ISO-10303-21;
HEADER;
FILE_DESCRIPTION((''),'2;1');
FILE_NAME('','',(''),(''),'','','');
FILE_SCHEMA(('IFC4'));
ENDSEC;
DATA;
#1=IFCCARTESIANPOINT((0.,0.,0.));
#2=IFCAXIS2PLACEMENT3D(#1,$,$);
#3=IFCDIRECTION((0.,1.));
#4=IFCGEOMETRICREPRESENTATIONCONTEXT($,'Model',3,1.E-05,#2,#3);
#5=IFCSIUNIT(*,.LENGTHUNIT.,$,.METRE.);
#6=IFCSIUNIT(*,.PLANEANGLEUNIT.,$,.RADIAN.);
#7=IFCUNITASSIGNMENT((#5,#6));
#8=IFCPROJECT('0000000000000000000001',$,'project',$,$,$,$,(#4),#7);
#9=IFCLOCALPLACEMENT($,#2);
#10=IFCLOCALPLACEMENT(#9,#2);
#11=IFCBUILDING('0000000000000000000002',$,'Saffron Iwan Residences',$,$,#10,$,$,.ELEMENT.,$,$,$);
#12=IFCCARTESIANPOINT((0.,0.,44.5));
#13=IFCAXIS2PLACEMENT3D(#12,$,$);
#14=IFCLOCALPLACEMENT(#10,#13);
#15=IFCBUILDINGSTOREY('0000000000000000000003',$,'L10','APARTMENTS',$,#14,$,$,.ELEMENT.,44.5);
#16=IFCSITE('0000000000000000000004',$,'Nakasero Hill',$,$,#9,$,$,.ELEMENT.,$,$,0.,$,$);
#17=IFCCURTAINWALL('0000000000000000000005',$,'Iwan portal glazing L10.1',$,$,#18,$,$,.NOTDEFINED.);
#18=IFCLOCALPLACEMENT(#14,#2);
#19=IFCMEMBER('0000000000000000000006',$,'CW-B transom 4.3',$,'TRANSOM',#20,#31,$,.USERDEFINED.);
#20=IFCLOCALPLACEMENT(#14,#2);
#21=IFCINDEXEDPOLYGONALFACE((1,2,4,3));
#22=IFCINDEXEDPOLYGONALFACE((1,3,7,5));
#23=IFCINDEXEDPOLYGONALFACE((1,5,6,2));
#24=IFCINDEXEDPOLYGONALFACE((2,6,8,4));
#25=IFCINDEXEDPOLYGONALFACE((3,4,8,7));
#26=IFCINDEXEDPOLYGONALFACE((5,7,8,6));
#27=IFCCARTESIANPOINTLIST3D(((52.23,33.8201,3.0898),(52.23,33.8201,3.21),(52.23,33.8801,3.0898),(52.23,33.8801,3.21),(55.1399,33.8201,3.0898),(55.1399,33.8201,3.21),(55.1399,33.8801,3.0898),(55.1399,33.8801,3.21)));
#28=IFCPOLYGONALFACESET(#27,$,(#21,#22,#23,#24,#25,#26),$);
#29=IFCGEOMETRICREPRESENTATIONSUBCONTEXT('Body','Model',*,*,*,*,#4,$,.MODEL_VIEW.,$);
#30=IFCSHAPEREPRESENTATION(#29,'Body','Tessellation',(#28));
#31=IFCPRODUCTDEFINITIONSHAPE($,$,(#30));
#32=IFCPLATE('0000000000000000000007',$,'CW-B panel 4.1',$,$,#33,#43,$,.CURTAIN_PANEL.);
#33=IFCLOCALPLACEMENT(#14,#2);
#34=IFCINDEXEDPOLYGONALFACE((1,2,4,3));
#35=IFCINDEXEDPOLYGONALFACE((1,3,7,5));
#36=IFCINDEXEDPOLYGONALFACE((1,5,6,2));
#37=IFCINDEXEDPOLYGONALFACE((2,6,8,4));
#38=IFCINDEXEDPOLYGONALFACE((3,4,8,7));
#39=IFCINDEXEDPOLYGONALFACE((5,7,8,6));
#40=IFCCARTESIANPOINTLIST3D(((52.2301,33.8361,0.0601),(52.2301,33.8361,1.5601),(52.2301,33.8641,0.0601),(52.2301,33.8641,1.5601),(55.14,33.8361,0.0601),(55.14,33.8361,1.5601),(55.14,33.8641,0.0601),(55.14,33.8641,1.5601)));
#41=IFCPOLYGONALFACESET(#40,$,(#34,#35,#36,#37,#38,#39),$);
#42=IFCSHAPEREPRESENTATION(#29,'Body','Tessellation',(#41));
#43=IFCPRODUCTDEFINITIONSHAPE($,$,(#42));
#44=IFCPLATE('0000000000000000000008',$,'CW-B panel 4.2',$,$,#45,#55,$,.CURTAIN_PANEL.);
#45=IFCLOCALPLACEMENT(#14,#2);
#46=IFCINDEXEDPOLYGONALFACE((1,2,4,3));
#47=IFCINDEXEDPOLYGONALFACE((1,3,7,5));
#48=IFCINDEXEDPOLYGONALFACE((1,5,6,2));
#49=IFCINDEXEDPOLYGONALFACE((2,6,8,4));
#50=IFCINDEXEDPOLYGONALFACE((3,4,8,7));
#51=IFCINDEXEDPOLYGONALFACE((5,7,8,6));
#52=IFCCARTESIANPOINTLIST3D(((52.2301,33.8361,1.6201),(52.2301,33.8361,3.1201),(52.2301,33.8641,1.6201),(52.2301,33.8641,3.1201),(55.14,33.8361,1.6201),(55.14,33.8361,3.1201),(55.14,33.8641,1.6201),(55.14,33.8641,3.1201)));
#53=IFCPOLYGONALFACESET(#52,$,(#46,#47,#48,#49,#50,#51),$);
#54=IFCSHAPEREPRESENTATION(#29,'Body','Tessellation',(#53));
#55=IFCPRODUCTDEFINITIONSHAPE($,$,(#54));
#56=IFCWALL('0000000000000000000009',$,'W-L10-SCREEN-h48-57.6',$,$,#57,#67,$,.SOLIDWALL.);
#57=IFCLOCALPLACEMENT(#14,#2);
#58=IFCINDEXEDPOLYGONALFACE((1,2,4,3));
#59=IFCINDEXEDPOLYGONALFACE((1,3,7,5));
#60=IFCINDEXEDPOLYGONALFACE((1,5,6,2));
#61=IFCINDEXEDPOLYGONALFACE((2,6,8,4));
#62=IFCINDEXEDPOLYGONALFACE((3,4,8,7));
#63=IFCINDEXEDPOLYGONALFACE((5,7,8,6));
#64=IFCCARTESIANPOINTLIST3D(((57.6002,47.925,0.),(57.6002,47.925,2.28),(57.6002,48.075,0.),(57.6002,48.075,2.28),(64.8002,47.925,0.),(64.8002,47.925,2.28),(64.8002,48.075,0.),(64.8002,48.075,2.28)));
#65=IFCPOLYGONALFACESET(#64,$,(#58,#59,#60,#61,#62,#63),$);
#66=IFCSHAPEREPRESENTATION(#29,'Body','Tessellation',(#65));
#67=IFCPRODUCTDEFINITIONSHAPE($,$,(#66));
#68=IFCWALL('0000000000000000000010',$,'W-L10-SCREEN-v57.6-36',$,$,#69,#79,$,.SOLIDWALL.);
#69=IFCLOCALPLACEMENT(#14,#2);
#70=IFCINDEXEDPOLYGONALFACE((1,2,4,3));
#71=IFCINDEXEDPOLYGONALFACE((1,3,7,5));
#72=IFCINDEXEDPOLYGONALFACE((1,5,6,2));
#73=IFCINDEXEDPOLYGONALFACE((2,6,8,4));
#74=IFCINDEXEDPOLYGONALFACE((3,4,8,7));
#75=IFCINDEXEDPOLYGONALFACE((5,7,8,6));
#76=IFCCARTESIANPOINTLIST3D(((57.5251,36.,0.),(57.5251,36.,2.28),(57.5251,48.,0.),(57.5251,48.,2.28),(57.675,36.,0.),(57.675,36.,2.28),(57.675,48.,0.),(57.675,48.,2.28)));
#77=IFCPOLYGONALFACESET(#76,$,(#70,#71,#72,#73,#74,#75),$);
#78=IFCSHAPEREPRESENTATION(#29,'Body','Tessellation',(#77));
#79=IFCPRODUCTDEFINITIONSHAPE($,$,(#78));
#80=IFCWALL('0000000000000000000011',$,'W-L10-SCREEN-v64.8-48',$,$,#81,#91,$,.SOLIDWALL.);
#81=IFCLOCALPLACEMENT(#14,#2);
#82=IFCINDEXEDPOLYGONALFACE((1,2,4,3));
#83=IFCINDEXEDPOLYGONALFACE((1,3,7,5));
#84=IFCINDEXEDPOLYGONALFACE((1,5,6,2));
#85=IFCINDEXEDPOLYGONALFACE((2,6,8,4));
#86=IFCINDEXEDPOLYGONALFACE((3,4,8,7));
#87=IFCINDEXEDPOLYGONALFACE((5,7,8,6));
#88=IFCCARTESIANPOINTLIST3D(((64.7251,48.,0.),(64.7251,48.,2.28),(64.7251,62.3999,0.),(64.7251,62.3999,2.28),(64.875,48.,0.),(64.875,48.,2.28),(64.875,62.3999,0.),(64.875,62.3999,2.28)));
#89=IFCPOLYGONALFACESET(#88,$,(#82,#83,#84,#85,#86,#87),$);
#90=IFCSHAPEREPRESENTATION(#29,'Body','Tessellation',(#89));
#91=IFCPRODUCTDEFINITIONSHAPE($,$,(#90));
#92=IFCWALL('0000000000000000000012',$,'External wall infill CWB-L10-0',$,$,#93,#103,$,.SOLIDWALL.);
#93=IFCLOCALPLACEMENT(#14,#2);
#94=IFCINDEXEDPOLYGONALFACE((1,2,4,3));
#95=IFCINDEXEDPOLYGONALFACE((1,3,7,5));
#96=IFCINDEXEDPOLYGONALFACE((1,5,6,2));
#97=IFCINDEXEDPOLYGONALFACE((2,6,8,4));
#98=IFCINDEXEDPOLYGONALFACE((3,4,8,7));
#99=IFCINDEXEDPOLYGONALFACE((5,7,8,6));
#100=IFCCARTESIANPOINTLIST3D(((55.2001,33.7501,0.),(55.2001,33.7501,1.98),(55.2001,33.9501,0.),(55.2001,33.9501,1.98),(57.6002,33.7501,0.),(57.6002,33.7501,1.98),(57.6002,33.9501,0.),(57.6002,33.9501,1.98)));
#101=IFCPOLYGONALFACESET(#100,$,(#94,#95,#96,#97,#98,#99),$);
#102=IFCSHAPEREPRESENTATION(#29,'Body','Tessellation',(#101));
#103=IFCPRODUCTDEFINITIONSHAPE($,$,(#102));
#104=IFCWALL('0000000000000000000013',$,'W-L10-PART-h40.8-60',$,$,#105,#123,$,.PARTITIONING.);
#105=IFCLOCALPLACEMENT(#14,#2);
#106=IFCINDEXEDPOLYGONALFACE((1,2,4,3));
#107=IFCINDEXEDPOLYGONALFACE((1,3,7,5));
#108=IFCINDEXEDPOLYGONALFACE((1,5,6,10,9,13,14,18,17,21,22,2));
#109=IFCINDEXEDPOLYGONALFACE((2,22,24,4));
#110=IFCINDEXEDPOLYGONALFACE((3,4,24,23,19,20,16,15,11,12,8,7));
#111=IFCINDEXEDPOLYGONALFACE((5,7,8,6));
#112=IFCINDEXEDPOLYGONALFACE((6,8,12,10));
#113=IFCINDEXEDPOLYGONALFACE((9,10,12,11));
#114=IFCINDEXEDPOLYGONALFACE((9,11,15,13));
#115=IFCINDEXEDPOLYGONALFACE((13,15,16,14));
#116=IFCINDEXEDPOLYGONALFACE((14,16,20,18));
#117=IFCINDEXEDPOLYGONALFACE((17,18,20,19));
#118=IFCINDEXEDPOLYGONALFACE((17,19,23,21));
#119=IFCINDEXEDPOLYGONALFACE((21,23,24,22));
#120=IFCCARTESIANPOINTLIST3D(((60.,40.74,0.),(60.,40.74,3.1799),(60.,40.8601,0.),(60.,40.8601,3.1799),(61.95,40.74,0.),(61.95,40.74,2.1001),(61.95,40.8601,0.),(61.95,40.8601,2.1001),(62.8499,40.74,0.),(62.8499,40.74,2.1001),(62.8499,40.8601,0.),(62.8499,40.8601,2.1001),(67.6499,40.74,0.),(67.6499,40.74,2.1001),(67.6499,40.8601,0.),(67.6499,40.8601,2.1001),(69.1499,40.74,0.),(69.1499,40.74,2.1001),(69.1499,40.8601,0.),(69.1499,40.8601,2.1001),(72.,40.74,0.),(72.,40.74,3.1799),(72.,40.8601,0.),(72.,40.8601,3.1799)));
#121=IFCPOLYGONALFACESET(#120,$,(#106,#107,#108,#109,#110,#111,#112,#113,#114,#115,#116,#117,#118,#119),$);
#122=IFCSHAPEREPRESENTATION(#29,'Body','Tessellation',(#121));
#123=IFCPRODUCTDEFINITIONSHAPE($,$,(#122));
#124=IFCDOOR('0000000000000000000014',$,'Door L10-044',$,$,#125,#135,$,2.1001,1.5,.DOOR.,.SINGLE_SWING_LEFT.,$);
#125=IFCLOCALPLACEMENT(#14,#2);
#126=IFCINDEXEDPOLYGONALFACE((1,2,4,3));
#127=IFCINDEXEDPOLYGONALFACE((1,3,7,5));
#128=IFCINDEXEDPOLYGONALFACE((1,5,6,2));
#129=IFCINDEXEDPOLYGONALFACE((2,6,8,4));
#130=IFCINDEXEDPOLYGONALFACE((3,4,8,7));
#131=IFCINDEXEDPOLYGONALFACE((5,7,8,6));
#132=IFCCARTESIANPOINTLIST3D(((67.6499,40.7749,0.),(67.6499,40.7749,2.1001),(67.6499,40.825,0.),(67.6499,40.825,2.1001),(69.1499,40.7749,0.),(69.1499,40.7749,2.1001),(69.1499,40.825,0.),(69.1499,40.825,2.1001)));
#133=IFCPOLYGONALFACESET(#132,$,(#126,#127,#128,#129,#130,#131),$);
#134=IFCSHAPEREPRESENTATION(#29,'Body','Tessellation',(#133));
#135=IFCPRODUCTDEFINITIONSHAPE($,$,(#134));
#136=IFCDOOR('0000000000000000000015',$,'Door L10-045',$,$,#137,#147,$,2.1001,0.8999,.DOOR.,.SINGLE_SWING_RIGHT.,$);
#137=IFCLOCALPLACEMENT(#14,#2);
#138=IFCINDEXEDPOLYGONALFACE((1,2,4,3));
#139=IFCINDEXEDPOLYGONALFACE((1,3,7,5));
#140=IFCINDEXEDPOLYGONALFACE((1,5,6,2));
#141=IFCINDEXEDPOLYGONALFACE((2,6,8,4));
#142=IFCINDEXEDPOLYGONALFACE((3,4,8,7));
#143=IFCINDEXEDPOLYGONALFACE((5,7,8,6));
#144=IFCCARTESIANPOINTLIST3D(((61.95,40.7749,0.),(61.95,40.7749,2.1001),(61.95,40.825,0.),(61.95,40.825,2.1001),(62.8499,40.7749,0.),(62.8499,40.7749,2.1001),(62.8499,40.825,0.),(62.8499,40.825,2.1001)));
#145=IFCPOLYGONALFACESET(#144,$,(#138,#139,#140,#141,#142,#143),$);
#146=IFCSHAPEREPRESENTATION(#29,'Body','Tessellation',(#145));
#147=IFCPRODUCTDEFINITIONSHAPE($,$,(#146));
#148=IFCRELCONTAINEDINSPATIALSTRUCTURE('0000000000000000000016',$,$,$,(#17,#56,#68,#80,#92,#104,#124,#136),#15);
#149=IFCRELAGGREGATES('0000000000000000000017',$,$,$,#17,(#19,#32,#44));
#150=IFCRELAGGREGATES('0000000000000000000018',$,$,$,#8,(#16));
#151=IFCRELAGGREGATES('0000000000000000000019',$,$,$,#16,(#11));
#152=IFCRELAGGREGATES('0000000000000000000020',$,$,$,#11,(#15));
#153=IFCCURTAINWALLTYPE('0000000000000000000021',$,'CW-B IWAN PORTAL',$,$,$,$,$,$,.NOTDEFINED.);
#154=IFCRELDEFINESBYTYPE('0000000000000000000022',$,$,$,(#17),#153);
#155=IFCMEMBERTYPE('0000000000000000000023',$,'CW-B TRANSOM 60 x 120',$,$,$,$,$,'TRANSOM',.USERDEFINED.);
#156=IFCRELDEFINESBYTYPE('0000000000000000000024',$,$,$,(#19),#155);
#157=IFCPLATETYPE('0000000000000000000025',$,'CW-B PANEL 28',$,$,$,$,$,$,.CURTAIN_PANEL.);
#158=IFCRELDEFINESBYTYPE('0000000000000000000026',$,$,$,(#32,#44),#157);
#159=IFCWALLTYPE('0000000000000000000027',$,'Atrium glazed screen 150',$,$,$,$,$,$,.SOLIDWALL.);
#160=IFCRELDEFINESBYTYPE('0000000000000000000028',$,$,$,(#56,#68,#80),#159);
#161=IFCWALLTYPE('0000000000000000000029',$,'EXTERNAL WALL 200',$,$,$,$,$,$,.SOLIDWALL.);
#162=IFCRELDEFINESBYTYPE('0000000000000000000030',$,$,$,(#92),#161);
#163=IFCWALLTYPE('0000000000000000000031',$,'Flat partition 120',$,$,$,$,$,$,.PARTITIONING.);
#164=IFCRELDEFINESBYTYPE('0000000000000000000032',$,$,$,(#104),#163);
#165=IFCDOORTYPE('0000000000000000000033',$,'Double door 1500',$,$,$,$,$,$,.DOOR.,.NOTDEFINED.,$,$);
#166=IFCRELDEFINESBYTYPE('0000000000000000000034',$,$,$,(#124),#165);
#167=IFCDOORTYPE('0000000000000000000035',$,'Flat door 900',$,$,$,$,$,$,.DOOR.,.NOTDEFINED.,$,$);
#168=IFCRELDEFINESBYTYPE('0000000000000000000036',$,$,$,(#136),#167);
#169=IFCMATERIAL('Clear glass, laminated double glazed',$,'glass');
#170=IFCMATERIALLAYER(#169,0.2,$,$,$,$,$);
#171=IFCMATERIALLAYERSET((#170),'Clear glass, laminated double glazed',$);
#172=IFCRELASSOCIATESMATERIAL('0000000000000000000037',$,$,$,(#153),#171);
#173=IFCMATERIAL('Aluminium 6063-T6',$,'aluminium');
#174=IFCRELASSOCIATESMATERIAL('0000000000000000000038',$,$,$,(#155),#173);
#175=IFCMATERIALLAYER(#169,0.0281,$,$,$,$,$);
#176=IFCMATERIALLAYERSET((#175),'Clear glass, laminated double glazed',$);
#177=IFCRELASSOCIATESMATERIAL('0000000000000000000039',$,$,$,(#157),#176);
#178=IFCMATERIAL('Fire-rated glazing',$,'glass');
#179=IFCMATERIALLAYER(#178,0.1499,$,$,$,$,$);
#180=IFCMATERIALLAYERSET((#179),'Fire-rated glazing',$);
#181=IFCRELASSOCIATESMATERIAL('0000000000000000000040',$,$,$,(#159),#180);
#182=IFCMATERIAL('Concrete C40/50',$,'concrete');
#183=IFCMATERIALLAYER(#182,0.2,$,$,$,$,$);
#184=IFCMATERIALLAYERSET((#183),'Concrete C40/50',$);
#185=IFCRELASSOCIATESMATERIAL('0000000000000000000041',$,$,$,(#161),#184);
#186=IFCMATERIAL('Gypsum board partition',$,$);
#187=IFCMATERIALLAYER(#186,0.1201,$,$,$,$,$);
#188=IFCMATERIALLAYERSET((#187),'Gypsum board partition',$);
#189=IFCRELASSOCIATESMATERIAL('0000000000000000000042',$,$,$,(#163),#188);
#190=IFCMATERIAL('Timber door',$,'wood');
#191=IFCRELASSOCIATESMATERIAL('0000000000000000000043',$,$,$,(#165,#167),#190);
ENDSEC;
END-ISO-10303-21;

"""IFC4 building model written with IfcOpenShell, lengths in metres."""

from ifc_helpers import new_model, si_unit, direction, frame, frame_2d, origin, origin_2d, place, context, subcontext, project, spatial, rectangle, extrude, source, transform, mapped, material, layer, layer_set, material_profile, profile_set, type_object, element, fill, aggregate, save


model = new_model("IFC4")

# Units and contexts
model_context = context("Model", 3, precision=1e-05, world=origin(), true_north=direction((0.0, 1.0)))
body_context = subcontext(model_context, "Body", "Model", "MODEL_VIEW")
ifc_project = project(units=[si_unit("LENGTHUNIT", "METRE"), si_unit("PLANEANGLEUNIT", "RADIAN")], contexts=[model_context])

# Site, building, storey
site_placement = place(None, origin())
site = spatial("IfcSite", under=ifc_project, at=site_placement, Name="Nakasero Hill", CompositionType="ELEMENT", RefElevation=0.0)
building_placement = place(site_placement, origin())
building = spatial("IfcBuilding", under=site, at=building_placement, Name="Saffron Iwan Residences", CompositionType="ELEMENT")
storey_placement = place(building_placement, frame((0.0, 0.0, 44.5)))
storey = spatial("IfcBuildingStorey", under=building, at=storey_placement, Name="L10", Description="APARTMENTS", CompositionType="ELEMENT", Elevation=44.5)

# Curtain wall, member, plates
ifc_material_1 = material(Name="Clear glass, laminated double glazed", Category="glass")
ifc_layer_1 = layer(ifc_material_1, 0.2)
ifc_layer_set_1 = layer_set([ifc_layer_1], Name="Clear glass, laminated double glazed")
curtain_wall_type = type_object("IfcCurtainWallType", Name="CW-B IWAN PORTAL", PredefinedType="NOTDEFINED", material=ifc_layer_set_1)
curtain_wall_placement = place(storey_placement, origin())
curtain_wall = element("IfcCurtainWall", 1, at=curtain_wall_placement, inside=storey, type_object=curtain_wall_type, Name="Iwan portal glazing L10.1", PredefinedType="NOTDEFINED")
ifc_material_2 = material(Name="Aluminium 6063-T6", Category="aluminium")
ifc_material_profile_1 = material_profile(ifc_material_2, rectangle(XDim=0.0601, YDim=0.1201, at=origin_2d()), Name="CW-B TRANSOM 60 x 120")
ifc_profile_set_1 = profile_set([ifc_material_profile_1], Name="Aluminium 6063-T6")
member_type_1 = type_object("IfcMemberType", Name="CW-B TRANSOM 60 x 120", ElementType="TRANSOM", PredefinedType="USERDEFINED", material=ifc_profile_set_1)
shared_shape_1 = source(origin(), body_context, "Body", "SweptSolid", [
    extrude(rectangle(XDim=0.0601, YDim=0.1201, at=origin_2d()), origin(), (0.0, 0.0, 1.0), 2.9099),
])
member_1_placement = place(storey_placement, frame((52.23, 33.8501, 3.1499), z_axis=(1.0, 0.0, 0.0), x_axis=(0.0, 1.0, 0.0)))
member_1 = element("IfcMember", 2, at=member_1_placement, type_object=member_type_1, Name="CW-B transom 4.3", ObjectType="TRANSOM", PredefinedType="USERDEFINED", context=body_context, shape_type="MappedRepresentation", body=[
    mapped(shared_shape_1, transform((0.0, 0.0, 0.0))),
])
ifc_layer_2 = layer(ifc_material_1, 0.0281)
ifc_layer_set_2 = layer_set([ifc_layer_2], Name="Clear glass, laminated double glazed")
plate_type = type_object("IfcPlateType", Name="CW-B PANEL 28", PredefinedType="CURTAIN_PANEL", material=ifc_layer_set_2)
shared_shape_2 = source(origin(), body_context, "Body", "SweptSolid", [
    extrude(rectangle(XDim=2.9099, YDim=0.0281, at=origin_2d()), origin(), (0.0, 0.0, 1.0), 1.5),
])
plate_1_placement = place(storey_placement, frame((53.6851, 33.8501, 0.0601), z_axis=(0.0, 0.0, 1.0), x_axis=(1.0, 0.0, 0.0)))
plate_1 = element("IfcPlate", 3, at=plate_1_placement, type_object=plate_type, Name="CW-B panel 4.1", PredefinedType="CURTAIN_PANEL", context=body_context, shape_type="MappedRepresentation", body=[
    mapped(shared_shape_2, transform((0.0, 0.0, 0.0))),
])
plate_2_placement = place(storey_placement, frame((53.6851, 33.8501, 1.6201), z_axis=(0.0, 0.0, 1.0), x_axis=(1.0, 0.0, 0.0)))
plate_2 = element("IfcPlate", 4, at=plate_2_placement, type_object=plate_type, Name="CW-B panel 4.2", PredefinedType="CURTAIN_PANEL", context=body_context, shape_type="MappedRepresentation", body=[
    mapped(shared_shape_2, transform((0.0, 0.0, 0.0))),
])
aggregate(curtain_wall, [member_1, plate_1, plate_2])

# Walls
ifc_material_3 = material(Name="Fire-rated glazing", Category="glass")
ifc_layer_3 = layer(ifc_material_3, 0.1499)
ifc_layer_set_3 = layer_set([ifc_layer_3], Name="Fire-rated glazing")
wall_type_1 = type_object("IfcWallType", Name="Atrium glazed screen 150", PredefinedType="SOLIDWALL", material=ifc_layer_set_3)
wall_1_placement = place(storey_placement, frame((57.6001, 48.0, 0.0), z_axis=(0.0, 0.0, 1.0), x_axis=(1.0, 0.0, 0.0)))
element("IfcWall", 5, at=wall_1_placement, inside=storey, type_object=wall_type_1, Name="W-L10-SCREEN-h48-57.6", PredefinedType="SOLIDWALL", context=body_context, shape_type="SweptSolid", body=[
    extrude(rectangle(XDim=7.2, YDim=0.1499, at=frame_2d((3.6001, 0.0))), origin(), (0.0, 0.0, 1.0), 2.28),
])
wall_2_placement = place(storey_placement, frame((57.6001, 36.0, 0.0), z_axis=(0.0, 0.0, 1.0), x_axis=(0.0, 1.0, 0.0)))
element("IfcWall", 6, at=wall_2_placement, inside=storey, type_object=wall_type_1, Name="W-L10-SCREEN-v57.6-36", PredefinedType="SOLIDWALL", context=body_context, shape_type="SweptSolid", body=[
    extrude(rectangle(XDim=12.0, YDim=0.1499, at=frame_2d((6.0, 0.0))), origin(), (0.0, 0.0, 1.0), 2.28),
])
wall_3_placement = place(storey_placement, frame((64.8, 48.0, 0.0), z_axis=(0.0, 0.0, 1.0), x_axis=(0.0, 1.0, 0.0)))
element("IfcWall", 7, at=wall_3_placement, inside=storey, type_object=wall_type_1, Name="W-L10-SCREEN-v64.8-48", PredefinedType="SOLIDWALL", context=body_context, shape_type="SweptSolid", body=[
    extrude(rectangle(XDim=14.3999, YDim=0.1499, at=frame_2d((7.2, 0.0))), origin(), (0.0, 0.0, 1.0), 2.28),
])
ifc_material_4 = material(Name="Concrete C40/50", Category="concrete")
ifc_layer_4 = layer(ifc_material_4, 0.2)
ifc_layer_set_4 = layer_set([ifc_layer_4], Name="Concrete C40/50")
wall_type_2 = type_object("IfcWallType", Name="EXTERNAL WALL 200", PredefinedType="SOLIDWALL", material=ifc_layer_set_4)
wall_4_placement = place(storey_placement, frame((55.2, 33.8501, 0.0), z_axis=(0.0, 0.0, 1.0), x_axis=(1.0, 0.0, 0.0)))
element("IfcWall", 8, at=wall_4_placement, inside=storey, type_object=wall_type_2, Name="External wall infill CWB-L10-0", PredefinedType="SOLIDWALL", context=body_context, shape_type="SweptSolid", body=[
    extrude(rectangle(XDim=2.4001, YDim=0.2, at=frame_2d((1.2002, 0.0))), origin(), (0.0, 0.0, 1.0), 1.98),
])

# Wall, openings, doors
ifc_material_5 = material(Name="Gypsum board partition")
ifc_layer_5 = layer(ifc_material_5, 0.1201)
ifc_layer_set_5 = layer_set([ifc_layer_5], Name="Gypsum board partition")
wall_type_3 = type_object("IfcWallType", Name="Flat partition 120", PredefinedType="PARTITIONING", material=ifc_layer_set_5)
wall_5_placement = place(storey_placement, frame((60.0, 40.8, 0.0), z_axis=(0.0, 0.0, 1.0), x_axis=(1.0, 0.0, 0.0)))
wall_5 = element("IfcWall", 9, at=wall_5_placement, inside=storey, type_object=wall_type_3, Name="W-L10-PART-h40.8-60", PredefinedType="PARTITIONING", context=body_context, shape_type="SweptSolid", body=[
    extrude(rectangle(XDim=12.0, YDim=0.1201, at=frame_2d((6.0, 0.0))), origin(), (0.0, 0.0, 1.0), 3.1799),
])
opening_1_placement = place(wall_5_placement, frame((7.6499, 0.0, 0.0)))
opening_1 = element("IfcOpeningElement", 10, at=opening_1_placement, cuts=wall_5, PredefinedType="OPENING", context=body_context, shape_type="SweptSolid", body=[
    extrude(rectangle(XDim=1.5, YDim=2.1001, at=frame_2d((0.75, 1.05))), frame((0.0, 0.0701, 0.0), z_axis=(0.0, -1.0, 0.0), x_axis=(1.0, 0.0, 0.0)), (0.0, 0.0, 1.0), 0.1401),
])
opening_2_placement = place(wall_5_placement, frame((1.95, 0.0, 0.0)))
opening_2 = element("IfcOpeningElement", 11, at=opening_2_placement, cuts=wall_5, PredefinedType="OPENING", context=body_context, shape_type="SweptSolid", body=[
    extrude(rectangle(XDim=0.8999, YDim=2.1001, at=frame_2d((0.45, 1.05))), frame((0.0, 0.0701, 0.0), z_axis=(0.0, -1.0, 0.0), x_axis=(1.0, 0.0, 0.0)), (0.0, 0.0, 1.0), 0.1401),
])
ifc_material_6 = material(Name="Timber door", Category="wood")
door_type_1 = type_object("IfcDoorType", Name="Double door 1500", OperationType="NOTDEFINED", PredefinedType="DOOR", material=ifc_material_6)
door_1_placement = place(opening_1_placement, origin())
door_1 = element("IfcDoor", 12, at=door_1_placement, inside=storey, type_object=door_type_1, Name="Door L10-044", OperationType="SINGLE_SWING_LEFT", OverallHeight=2.1001, OverallWidth=1.5, PredefinedType="DOOR", context=body_context, shape_type="SweptSolid", body=[
    extrude(rectangle(XDim=1.5, YDim=2.1001, at=frame_2d((0.75, 1.05))), frame((0.0, 0.0249, 0.0), z_axis=(0.0, -1.0, 0.0), x_axis=(1.0, 0.0, 0.0)), (0.0, 0.0, 1.0), 0.05),
])
fill(opening_1, door_1)
door_type_2 = type_object("IfcDoorType", Name="Flat door 900", OperationType="NOTDEFINED", PredefinedType="DOOR", material=ifc_material_6)
door_2_placement = place(opening_2_placement, origin())
door_2 = element("IfcDoor", 13, at=door_2_placement, inside=storey, type_object=door_type_2, Name="Door L10-045", OperationType="SINGLE_SWING_RIGHT", OverallHeight=2.1001, OverallWidth=0.8999, PredefinedType="DOOR", context=body_context, shape_type="SweptSolid", body=[
    extrude(rectangle(XDim=0.8999, YDim=2.1001, at=frame_2d((0.45, 1.05))), frame((0.0, 0.0249, 0.0), z_axis=(0.0, -1.0, 0.0), x_axis=(1.0, 0.0, 0.0)), (0.0, 0.0, 1.0), 0.05),
])
fill(opening_2, door_2)

save(model, "model.ifc")
